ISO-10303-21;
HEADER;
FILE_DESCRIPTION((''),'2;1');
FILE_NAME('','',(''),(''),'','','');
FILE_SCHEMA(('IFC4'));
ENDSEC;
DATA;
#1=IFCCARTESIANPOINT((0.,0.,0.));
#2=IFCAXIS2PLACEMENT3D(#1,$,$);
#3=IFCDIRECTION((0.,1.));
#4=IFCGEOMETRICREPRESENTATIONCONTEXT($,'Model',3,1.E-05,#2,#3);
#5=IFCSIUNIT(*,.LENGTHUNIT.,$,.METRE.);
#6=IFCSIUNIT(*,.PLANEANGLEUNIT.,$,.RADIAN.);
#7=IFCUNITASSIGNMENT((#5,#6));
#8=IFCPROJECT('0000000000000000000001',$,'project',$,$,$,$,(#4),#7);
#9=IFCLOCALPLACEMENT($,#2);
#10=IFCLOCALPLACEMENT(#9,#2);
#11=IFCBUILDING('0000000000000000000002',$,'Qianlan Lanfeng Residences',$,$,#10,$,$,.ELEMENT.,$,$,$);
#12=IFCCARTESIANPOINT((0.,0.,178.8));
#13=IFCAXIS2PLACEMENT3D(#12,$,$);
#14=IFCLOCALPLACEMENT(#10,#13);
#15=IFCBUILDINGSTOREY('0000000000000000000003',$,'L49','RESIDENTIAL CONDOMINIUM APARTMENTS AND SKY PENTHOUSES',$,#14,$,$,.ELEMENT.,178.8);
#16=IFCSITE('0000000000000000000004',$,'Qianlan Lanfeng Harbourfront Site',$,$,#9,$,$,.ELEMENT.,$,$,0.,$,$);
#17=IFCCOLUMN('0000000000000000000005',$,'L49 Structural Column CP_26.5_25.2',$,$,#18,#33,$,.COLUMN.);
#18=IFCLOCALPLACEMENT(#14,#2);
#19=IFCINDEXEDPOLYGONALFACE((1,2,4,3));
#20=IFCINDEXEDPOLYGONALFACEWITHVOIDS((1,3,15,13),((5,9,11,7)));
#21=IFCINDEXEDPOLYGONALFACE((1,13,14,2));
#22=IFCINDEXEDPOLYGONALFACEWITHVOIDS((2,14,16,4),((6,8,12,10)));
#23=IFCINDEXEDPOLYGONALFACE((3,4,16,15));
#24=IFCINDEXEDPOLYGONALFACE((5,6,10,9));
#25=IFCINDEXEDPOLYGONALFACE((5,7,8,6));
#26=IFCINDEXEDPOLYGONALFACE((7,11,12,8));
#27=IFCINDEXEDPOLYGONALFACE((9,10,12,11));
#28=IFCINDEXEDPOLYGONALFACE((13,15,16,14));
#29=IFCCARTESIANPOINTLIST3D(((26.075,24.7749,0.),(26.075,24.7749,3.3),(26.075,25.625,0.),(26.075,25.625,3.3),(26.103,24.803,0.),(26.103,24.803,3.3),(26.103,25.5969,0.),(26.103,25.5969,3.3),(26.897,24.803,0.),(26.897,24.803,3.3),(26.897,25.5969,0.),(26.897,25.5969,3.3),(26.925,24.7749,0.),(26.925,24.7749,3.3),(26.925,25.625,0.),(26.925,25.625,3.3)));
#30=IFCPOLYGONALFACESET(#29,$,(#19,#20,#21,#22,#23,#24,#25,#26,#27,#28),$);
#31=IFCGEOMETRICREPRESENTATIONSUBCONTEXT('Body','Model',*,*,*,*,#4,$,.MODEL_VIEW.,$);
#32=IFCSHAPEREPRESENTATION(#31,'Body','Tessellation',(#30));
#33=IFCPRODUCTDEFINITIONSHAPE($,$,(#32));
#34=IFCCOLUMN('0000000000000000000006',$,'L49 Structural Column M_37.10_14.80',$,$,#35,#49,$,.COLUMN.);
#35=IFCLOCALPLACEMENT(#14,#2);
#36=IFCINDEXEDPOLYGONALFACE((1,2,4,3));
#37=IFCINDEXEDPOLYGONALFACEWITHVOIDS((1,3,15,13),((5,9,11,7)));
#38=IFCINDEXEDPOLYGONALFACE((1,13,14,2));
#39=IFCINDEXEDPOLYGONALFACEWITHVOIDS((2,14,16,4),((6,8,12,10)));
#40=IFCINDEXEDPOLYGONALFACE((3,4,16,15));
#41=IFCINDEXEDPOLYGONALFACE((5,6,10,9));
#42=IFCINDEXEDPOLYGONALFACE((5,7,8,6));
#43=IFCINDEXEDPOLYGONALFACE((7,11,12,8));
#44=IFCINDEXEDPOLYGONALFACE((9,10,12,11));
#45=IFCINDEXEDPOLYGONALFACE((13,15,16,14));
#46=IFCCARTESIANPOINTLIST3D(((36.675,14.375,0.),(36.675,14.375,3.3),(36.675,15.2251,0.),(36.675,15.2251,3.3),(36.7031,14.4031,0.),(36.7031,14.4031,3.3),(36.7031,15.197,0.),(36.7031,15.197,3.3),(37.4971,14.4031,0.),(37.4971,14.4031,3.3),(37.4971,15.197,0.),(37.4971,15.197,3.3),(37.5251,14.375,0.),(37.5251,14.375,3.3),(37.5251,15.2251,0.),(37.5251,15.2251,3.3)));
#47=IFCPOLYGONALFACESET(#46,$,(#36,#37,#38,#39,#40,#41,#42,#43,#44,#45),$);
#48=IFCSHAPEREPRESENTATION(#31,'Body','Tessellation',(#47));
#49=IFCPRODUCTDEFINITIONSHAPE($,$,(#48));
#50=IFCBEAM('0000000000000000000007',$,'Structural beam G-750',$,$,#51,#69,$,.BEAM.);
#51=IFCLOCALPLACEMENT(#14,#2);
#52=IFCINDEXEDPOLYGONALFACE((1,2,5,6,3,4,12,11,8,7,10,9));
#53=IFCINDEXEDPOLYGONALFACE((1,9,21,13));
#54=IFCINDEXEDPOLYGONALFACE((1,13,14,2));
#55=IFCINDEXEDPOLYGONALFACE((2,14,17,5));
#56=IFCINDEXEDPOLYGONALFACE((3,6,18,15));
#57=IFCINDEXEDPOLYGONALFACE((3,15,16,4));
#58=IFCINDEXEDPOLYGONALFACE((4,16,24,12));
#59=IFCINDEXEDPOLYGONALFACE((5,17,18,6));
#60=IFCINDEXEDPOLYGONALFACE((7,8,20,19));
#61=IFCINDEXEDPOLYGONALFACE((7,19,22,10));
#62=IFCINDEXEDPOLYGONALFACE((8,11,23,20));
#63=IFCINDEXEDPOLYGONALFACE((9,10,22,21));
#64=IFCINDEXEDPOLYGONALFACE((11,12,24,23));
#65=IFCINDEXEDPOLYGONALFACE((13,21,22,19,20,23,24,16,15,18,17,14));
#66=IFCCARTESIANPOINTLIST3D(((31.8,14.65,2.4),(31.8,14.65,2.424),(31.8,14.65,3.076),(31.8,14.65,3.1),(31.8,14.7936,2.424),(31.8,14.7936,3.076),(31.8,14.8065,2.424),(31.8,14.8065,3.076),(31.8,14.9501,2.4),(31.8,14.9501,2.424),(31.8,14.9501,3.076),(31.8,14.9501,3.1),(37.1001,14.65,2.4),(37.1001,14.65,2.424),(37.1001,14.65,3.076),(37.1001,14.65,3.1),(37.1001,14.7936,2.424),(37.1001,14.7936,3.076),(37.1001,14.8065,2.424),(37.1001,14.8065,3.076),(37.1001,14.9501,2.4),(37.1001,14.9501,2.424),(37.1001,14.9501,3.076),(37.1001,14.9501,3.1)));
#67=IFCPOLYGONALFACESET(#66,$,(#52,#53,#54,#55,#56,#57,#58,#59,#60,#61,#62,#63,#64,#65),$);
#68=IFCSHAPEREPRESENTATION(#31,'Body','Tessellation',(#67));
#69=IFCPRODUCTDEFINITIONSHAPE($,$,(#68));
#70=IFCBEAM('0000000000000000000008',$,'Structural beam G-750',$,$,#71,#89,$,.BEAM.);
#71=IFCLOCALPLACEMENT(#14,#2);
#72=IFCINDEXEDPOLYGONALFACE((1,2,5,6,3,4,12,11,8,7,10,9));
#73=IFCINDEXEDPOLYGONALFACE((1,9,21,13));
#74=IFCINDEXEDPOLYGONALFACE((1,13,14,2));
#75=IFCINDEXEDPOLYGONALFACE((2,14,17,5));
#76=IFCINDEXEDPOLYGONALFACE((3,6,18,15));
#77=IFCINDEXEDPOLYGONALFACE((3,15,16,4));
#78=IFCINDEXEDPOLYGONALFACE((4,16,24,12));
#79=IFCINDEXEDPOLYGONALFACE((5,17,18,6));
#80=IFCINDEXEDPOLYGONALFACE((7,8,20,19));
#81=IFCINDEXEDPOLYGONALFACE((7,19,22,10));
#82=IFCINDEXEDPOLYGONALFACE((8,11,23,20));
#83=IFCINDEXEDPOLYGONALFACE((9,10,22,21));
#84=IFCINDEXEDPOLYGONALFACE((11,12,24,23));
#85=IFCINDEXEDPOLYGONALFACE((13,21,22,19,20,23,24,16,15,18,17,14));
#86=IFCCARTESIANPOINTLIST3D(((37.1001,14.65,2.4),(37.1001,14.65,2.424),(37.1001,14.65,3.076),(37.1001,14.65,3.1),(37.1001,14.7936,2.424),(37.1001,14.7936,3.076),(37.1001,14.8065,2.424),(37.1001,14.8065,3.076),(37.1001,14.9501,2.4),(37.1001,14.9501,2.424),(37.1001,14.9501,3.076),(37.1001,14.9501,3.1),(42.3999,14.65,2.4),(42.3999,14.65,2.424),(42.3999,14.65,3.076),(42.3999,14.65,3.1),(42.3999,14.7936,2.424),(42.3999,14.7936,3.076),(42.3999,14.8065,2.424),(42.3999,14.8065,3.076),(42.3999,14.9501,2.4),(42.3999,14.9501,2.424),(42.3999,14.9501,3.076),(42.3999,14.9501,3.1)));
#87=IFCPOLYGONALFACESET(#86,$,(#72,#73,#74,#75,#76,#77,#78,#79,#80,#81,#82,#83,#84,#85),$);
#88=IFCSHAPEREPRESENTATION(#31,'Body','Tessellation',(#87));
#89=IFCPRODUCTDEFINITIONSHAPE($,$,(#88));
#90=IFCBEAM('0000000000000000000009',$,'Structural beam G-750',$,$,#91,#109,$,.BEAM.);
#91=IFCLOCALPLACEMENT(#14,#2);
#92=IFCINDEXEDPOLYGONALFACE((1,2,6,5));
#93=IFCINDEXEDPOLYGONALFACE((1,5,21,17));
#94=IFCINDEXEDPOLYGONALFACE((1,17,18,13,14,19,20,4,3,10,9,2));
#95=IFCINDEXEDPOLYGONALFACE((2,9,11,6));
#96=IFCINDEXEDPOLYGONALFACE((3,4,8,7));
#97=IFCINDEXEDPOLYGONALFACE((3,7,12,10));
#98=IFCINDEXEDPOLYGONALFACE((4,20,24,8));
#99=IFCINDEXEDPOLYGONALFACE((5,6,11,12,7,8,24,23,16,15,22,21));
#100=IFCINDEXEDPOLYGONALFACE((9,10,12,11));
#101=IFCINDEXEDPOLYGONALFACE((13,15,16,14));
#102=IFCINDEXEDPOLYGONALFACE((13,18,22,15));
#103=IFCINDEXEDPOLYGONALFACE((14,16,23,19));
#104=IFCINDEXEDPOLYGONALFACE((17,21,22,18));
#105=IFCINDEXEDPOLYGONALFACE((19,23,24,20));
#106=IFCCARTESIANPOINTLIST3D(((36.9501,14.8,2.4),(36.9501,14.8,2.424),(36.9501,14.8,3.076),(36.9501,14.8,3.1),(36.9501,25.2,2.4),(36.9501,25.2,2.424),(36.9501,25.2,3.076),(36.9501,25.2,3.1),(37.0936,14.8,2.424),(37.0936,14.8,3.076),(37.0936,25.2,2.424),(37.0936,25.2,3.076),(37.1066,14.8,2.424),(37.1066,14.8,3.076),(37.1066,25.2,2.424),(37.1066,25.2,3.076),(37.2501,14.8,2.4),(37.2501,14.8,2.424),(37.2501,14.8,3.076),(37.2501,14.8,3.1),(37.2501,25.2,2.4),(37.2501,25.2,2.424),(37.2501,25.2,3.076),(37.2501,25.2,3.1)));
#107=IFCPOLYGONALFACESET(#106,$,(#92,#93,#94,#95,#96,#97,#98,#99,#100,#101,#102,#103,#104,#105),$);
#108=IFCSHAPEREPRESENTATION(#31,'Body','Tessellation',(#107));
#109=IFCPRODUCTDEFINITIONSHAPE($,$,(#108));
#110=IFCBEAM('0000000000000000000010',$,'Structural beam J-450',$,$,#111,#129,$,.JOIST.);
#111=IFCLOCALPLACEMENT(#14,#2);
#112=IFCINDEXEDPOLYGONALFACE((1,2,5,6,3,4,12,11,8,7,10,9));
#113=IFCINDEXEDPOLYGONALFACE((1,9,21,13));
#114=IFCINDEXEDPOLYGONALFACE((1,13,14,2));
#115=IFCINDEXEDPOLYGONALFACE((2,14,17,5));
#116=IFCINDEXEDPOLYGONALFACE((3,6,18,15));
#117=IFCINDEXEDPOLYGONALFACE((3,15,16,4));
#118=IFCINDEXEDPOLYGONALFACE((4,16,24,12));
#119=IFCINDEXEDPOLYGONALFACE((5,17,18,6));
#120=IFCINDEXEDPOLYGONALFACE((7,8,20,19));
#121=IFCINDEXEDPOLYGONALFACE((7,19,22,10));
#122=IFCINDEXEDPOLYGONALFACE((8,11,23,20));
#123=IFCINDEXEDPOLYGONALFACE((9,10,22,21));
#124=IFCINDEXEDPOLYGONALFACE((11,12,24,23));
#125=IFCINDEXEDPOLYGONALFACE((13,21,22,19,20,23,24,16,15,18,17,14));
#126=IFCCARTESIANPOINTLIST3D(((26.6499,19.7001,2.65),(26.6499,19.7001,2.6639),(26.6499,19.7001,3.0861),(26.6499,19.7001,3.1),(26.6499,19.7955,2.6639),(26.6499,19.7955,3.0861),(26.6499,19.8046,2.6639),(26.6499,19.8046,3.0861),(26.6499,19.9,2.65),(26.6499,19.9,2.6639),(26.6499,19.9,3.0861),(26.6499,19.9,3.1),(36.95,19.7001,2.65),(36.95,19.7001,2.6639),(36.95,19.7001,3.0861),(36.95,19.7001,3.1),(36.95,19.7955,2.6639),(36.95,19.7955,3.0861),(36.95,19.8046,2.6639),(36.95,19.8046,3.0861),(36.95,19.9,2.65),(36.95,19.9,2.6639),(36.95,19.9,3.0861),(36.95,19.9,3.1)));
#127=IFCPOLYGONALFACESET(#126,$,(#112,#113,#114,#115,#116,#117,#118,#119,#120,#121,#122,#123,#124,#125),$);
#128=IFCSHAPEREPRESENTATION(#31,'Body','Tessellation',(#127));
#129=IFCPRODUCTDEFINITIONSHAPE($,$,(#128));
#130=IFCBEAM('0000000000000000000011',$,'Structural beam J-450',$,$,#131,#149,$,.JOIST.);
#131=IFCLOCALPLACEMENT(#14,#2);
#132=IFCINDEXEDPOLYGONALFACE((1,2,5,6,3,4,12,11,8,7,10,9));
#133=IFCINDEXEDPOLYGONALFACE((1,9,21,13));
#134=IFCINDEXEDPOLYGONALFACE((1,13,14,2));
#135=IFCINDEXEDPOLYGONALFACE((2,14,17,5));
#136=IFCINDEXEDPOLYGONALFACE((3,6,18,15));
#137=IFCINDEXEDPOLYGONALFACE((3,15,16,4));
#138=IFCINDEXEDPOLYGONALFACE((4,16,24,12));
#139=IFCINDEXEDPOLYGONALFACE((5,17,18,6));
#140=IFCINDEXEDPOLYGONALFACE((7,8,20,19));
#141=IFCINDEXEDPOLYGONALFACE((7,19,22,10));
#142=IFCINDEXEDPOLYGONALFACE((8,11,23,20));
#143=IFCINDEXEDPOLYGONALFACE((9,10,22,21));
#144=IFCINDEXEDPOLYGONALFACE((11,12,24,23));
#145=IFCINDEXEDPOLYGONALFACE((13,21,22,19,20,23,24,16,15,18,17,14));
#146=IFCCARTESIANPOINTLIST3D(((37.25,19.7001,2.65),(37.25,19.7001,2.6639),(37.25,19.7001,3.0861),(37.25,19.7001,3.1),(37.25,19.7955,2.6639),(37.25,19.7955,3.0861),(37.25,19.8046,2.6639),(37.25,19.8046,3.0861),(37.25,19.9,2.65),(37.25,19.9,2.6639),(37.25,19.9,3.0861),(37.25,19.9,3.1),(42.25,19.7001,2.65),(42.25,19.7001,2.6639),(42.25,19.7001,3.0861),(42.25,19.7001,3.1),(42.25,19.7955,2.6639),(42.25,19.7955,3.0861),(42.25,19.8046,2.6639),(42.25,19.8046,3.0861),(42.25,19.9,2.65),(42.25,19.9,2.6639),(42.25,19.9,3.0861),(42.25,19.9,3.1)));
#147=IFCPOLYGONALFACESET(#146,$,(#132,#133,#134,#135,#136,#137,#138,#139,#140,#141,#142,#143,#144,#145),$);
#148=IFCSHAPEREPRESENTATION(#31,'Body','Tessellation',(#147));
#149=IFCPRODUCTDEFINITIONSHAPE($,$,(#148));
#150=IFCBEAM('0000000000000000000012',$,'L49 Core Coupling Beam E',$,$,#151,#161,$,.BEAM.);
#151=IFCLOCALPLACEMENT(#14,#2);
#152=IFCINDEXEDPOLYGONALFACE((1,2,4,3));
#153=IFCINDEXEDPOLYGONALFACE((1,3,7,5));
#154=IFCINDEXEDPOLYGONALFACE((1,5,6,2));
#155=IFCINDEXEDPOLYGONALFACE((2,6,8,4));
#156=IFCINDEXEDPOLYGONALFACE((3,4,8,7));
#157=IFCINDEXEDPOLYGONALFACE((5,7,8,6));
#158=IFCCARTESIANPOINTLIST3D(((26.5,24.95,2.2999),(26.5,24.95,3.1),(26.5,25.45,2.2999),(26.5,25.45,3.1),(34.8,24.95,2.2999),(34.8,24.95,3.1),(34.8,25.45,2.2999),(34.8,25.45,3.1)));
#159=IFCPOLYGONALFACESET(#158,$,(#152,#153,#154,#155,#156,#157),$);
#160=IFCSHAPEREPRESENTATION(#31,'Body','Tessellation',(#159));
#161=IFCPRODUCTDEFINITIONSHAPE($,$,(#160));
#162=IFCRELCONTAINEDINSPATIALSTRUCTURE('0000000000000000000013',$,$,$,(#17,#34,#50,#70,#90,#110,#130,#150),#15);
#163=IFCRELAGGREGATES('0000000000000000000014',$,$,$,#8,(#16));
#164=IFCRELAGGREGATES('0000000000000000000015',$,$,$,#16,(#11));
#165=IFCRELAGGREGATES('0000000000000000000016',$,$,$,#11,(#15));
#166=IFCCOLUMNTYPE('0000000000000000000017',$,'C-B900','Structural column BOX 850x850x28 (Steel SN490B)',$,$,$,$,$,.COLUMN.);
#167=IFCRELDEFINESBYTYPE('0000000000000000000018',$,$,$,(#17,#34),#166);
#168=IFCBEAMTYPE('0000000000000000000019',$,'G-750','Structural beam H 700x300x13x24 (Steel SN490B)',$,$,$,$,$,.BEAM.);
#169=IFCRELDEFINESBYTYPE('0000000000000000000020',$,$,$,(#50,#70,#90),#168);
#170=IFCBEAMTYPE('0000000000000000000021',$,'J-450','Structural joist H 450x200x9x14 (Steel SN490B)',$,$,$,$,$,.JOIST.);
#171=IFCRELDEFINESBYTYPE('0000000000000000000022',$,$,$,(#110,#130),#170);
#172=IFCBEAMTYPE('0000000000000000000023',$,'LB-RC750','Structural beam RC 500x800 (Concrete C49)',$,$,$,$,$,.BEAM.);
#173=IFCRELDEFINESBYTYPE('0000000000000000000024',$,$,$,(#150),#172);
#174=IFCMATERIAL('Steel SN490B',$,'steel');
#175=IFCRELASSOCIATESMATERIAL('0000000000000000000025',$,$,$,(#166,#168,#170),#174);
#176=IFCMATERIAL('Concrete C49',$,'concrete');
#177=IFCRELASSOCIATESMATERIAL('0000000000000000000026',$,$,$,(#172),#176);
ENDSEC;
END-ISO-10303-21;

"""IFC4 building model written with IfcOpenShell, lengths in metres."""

from ifc_helpers import new_model, si_unit, direction, frame, origin, origin_2d, place, context, subcontext, project, spatial, rectangle, hollow_rectangle, i_section, extrude, material, material_profile, profile_set, type_object, element, save


model = new_model("IFC4")

# Units and contexts
model_context = context("Model", 3, precision=1e-05, world=origin(), true_north=direction((0.0, 1.0)))
body_context = subcontext(model_context, "Body", "Model", "MODEL_VIEW")
ifc_project = project(units=[si_unit("LENGTHUNIT", "METRE"), si_unit("PLANEANGLEUNIT", "RADIAN")], contexts=[model_context])

# Site, building, storey
site_placement = place(None, origin())
site = spatial("IfcSite", under=ifc_project, at=site_placement, Name="Qianlan Lanfeng Harbourfront Site", CompositionType="ELEMENT", RefElevation=0.0)
building_placement = place(site_placement, origin())
building = spatial("IfcBuilding", under=site, at=building_placement, Name="Qianlan Lanfeng Residences", CompositionType="ELEMENT")
storey_placement = place(building_placement, frame((0.0, 0.0, 178.8)))
storey = spatial("IfcBuildingStorey", under=building, at=storey_placement, Name="L49", Description="RESIDENTIAL CONDOMINIUM APARTMENTS AND SKY PENTHOUSES", CompositionType="ELEMENT", Elevation=178.8)

# Columns
ifc_material_1 = material(Name="Steel SN490B", Category="steel")
ifc_material_profile_1 = material_profile(ifc_material_1, hollow_rectangle(XDim=0.8501, YDim=0.8501, WallThickness=0.0281, at=origin_2d()), Name="BOX 850x850x28")
ifc_profile_set_1 = profile_set([ifc_material_profile_1], Name="Steel SN490B")
column_type = type_object("IfcColumnType", Name="C-B900", Description="Structural column BOX 850x850x28 (Steel SN490B)", PredefinedType="COLUMN", material=ifc_profile_set_1)
for number, where, z_axis, x_axis, name in (
    (1, (26.5, 25.2, 0.0), (0.0, 0.0, 1.0), (1.0, 0.0, 0.0), "L49 Structural Column CP_26.5_25.2"),
    (2, (37.1001, 14.8, 0.0), (0.0, 0.0, 1.0), (1.0, 0.0, 0.0), "L49 Structural Column M_37.10_14.80"),
):
    element("IfcColumn", number, at=place(storey_placement, frame(where, z_axis=z_axis, x_axis=x_axis)), inside=storey, type_object=column_type, Name=name, PredefinedType="COLUMN", context=body_context, shape_type="SweptSolid", body=[
        extrude(hollow_rectangle(XDim=0.8501, YDim=0.8501, WallThickness=0.0281, at=origin_2d()), origin(), (0.0, 0.0, 1.0), 3.3),
    ])

# Beams
ifc_material_profile_2 = material_profile(ifc_material_1, i_section(OverallWidth=0.3, OverallDepth=0.7, WebThickness=0.0129, FlangeThickness=0.0239, at=origin_2d()), Name="H 700x300x13x24")
ifc_profile_set_2 = profile_set([ifc_material_profile_2], Name="Steel SN490B")
beam_type_1 = type_object("IfcBeamType", Name="G-750", Description="Structural beam H 700x300x13x24 (Steel SN490B)", PredefinedType="BEAM", material=ifc_profile_set_2)
beam_1_placement = place(storey_placement, frame((31.8, 14.8, 2.75), z_axis=(1.0, 0.0, 0.0), x_axis=(0.0, 1.0, 0.0)))
element("IfcBeam", 3, at=beam_1_placement, inside=storey, type_object=beam_type_1, Name="Structural beam G-750", PredefinedType="BEAM", context=body_context, shape_type="SweptSolid", body=[
    extrude(i_section(OverallWidth=0.3, OverallDepth=0.7, WebThickness=0.0129, FlangeThickness=0.0239, at=origin_2d()), origin(), (0.0, 0.0, 1.0), 5.3),
])
beam_2_placement = place(storey_placement, frame((37.1001, 14.8, 2.75), z_axis=(1.0, 0.0, 0.0), x_axis=(0.0, 1.0, 0.0)))
element("IfcBeam", 4, at=beam_2_placement, inside=storey, type_object=beam_type_1, Name="Structural beam G-750", PredefinedType="BEAM", context=body_context, shape_type="SweptSolid", body=[
    extrude(i_section(OverallWidth=0.3, OverallDepth=0.7, WebThickness=0.0129, FlangeThickness=0.0239, at=origin_2d()), origin(), (0.0, 0.0, 1.0), 5.2998),
])
beam_3_placement = place(storey_placement, frame((37.1001, 14.8, 2.75), z_axis=(0.0, 1.0, 0.0), x_axis=(-1.0, 0.0, 0.0)))
element("IfcBeam", 5, at=beam_3_placement, inside=storey, type_object=beam_type_1, Name="Structural beam G-750", PredefinedType="BEAM", context=body_context, shape_type="SweptSolid", body=[
    extrude(i_section(OverallWidth=0.3, OverallDepth=0.7, WebThickness=0.0129, FlangeThickness=0.0239, at=origin_2d()), origin(), (0.0, 0.0, 1.0), 10.3999),
])
ifc_material_profile_3 = material_profile(ifc_material_1, i_section(OverallWidth=0.2, OverallDepth=0.45, WebThickness=0.009, FlangeThickness=0.0139, at=origin_2d()), Name="H 450x200x9x14")
ifc_profile_set_3 = profile_set([ifc_material_profile_3], Name="Steel SN490B")
beam_type_2 = type_object("IfcBeamType", Name="J-450", Description="Structural joist H 450x200x9x14 (Steel SN490B)", PredefinedType="JOIST", material=ifc_profile_set_3)
beam_4_placement = place(storey_placement, frame((26.6499, 19.8, 2.875), z_axis=(1.0, 0.0, 0.0), x_axis=(0.0, 1.0, 0.0)))
element("IfcBeam", 6, at=beam_4_placement, inside=storey, type_object=beam_type_2, Name="Structural beam J-450", PredefinedType="JOIST", context=body_context, shape_type="SweptSolid", body=[
    extrude(i_section(OverallWidth=0.2, OverallDepth=0.45, WebThickness=0.009, FlangeThickness=0.0139, at=origin_2d()), origin(), (0.0, 0.0, 1.0), 10.3),
])
beam_5_placement = place(storey_placement, frame((37.25, 19.8, 2.875), z_axis=(1.0, 0.0, 0.0), x_axis=(0.0, 1.0, 0.0)))
element("IfcBeam", 7, at=beam_5_placement, inside=storey, type_object=beam_type_2, Name="Structural beam J-450", PredefinedType="JOIST", context=body_context, shape_type="SweptSolid", body=[
    extrude(i_section(OverallWidth=0.2, OverallDepth=0.45, WebThickness=0.009, FlangeThickness=0.0139, at=origin_2d()), origin(), (0.0, 0.0, 1.0), 5.0),
])
ifc_material_2 = material(Name="Concrete C49", Category="concrete")
ifc_material_profile_4 = material_profile(ifc_material_2, rectangle(XDim=0.5, YDim=0.8, at=origin_2d()), Name="RC 500x800")
ifc_profile_set_4 = profile_set([ifc_material_profile_4], Name="Concrete C49")
beam_type_3 = type_object("IfcBeamType", Name="LB-RC750", Description="Structural beam RC 500x800 (Concrete C49)", PredefinedType="BEAM", material=ifc_profile_set_4)
beam_6_placement = place(storey_placement, frame((26.5, 25.2, 2.7), z_axis=(1.0, 0.0, 0.0), x_axis=(0.0, 1.0, 0.0)))
element("IfcBeam", 8, at=beam_6_placement, inside=storey, type_object=beam_type_3, Name="L49 Core Coupling Beam E", PredefinedType="BEAM", context=body_context, shape_type="SweptSolid", body=[
    extrude(rectangle(XDim=0.5, YDim=0.8, at=origin_2d()), origin(), (0.0, 0.0, 1.0), 8.3),
])

save(model, "model.ifc")
